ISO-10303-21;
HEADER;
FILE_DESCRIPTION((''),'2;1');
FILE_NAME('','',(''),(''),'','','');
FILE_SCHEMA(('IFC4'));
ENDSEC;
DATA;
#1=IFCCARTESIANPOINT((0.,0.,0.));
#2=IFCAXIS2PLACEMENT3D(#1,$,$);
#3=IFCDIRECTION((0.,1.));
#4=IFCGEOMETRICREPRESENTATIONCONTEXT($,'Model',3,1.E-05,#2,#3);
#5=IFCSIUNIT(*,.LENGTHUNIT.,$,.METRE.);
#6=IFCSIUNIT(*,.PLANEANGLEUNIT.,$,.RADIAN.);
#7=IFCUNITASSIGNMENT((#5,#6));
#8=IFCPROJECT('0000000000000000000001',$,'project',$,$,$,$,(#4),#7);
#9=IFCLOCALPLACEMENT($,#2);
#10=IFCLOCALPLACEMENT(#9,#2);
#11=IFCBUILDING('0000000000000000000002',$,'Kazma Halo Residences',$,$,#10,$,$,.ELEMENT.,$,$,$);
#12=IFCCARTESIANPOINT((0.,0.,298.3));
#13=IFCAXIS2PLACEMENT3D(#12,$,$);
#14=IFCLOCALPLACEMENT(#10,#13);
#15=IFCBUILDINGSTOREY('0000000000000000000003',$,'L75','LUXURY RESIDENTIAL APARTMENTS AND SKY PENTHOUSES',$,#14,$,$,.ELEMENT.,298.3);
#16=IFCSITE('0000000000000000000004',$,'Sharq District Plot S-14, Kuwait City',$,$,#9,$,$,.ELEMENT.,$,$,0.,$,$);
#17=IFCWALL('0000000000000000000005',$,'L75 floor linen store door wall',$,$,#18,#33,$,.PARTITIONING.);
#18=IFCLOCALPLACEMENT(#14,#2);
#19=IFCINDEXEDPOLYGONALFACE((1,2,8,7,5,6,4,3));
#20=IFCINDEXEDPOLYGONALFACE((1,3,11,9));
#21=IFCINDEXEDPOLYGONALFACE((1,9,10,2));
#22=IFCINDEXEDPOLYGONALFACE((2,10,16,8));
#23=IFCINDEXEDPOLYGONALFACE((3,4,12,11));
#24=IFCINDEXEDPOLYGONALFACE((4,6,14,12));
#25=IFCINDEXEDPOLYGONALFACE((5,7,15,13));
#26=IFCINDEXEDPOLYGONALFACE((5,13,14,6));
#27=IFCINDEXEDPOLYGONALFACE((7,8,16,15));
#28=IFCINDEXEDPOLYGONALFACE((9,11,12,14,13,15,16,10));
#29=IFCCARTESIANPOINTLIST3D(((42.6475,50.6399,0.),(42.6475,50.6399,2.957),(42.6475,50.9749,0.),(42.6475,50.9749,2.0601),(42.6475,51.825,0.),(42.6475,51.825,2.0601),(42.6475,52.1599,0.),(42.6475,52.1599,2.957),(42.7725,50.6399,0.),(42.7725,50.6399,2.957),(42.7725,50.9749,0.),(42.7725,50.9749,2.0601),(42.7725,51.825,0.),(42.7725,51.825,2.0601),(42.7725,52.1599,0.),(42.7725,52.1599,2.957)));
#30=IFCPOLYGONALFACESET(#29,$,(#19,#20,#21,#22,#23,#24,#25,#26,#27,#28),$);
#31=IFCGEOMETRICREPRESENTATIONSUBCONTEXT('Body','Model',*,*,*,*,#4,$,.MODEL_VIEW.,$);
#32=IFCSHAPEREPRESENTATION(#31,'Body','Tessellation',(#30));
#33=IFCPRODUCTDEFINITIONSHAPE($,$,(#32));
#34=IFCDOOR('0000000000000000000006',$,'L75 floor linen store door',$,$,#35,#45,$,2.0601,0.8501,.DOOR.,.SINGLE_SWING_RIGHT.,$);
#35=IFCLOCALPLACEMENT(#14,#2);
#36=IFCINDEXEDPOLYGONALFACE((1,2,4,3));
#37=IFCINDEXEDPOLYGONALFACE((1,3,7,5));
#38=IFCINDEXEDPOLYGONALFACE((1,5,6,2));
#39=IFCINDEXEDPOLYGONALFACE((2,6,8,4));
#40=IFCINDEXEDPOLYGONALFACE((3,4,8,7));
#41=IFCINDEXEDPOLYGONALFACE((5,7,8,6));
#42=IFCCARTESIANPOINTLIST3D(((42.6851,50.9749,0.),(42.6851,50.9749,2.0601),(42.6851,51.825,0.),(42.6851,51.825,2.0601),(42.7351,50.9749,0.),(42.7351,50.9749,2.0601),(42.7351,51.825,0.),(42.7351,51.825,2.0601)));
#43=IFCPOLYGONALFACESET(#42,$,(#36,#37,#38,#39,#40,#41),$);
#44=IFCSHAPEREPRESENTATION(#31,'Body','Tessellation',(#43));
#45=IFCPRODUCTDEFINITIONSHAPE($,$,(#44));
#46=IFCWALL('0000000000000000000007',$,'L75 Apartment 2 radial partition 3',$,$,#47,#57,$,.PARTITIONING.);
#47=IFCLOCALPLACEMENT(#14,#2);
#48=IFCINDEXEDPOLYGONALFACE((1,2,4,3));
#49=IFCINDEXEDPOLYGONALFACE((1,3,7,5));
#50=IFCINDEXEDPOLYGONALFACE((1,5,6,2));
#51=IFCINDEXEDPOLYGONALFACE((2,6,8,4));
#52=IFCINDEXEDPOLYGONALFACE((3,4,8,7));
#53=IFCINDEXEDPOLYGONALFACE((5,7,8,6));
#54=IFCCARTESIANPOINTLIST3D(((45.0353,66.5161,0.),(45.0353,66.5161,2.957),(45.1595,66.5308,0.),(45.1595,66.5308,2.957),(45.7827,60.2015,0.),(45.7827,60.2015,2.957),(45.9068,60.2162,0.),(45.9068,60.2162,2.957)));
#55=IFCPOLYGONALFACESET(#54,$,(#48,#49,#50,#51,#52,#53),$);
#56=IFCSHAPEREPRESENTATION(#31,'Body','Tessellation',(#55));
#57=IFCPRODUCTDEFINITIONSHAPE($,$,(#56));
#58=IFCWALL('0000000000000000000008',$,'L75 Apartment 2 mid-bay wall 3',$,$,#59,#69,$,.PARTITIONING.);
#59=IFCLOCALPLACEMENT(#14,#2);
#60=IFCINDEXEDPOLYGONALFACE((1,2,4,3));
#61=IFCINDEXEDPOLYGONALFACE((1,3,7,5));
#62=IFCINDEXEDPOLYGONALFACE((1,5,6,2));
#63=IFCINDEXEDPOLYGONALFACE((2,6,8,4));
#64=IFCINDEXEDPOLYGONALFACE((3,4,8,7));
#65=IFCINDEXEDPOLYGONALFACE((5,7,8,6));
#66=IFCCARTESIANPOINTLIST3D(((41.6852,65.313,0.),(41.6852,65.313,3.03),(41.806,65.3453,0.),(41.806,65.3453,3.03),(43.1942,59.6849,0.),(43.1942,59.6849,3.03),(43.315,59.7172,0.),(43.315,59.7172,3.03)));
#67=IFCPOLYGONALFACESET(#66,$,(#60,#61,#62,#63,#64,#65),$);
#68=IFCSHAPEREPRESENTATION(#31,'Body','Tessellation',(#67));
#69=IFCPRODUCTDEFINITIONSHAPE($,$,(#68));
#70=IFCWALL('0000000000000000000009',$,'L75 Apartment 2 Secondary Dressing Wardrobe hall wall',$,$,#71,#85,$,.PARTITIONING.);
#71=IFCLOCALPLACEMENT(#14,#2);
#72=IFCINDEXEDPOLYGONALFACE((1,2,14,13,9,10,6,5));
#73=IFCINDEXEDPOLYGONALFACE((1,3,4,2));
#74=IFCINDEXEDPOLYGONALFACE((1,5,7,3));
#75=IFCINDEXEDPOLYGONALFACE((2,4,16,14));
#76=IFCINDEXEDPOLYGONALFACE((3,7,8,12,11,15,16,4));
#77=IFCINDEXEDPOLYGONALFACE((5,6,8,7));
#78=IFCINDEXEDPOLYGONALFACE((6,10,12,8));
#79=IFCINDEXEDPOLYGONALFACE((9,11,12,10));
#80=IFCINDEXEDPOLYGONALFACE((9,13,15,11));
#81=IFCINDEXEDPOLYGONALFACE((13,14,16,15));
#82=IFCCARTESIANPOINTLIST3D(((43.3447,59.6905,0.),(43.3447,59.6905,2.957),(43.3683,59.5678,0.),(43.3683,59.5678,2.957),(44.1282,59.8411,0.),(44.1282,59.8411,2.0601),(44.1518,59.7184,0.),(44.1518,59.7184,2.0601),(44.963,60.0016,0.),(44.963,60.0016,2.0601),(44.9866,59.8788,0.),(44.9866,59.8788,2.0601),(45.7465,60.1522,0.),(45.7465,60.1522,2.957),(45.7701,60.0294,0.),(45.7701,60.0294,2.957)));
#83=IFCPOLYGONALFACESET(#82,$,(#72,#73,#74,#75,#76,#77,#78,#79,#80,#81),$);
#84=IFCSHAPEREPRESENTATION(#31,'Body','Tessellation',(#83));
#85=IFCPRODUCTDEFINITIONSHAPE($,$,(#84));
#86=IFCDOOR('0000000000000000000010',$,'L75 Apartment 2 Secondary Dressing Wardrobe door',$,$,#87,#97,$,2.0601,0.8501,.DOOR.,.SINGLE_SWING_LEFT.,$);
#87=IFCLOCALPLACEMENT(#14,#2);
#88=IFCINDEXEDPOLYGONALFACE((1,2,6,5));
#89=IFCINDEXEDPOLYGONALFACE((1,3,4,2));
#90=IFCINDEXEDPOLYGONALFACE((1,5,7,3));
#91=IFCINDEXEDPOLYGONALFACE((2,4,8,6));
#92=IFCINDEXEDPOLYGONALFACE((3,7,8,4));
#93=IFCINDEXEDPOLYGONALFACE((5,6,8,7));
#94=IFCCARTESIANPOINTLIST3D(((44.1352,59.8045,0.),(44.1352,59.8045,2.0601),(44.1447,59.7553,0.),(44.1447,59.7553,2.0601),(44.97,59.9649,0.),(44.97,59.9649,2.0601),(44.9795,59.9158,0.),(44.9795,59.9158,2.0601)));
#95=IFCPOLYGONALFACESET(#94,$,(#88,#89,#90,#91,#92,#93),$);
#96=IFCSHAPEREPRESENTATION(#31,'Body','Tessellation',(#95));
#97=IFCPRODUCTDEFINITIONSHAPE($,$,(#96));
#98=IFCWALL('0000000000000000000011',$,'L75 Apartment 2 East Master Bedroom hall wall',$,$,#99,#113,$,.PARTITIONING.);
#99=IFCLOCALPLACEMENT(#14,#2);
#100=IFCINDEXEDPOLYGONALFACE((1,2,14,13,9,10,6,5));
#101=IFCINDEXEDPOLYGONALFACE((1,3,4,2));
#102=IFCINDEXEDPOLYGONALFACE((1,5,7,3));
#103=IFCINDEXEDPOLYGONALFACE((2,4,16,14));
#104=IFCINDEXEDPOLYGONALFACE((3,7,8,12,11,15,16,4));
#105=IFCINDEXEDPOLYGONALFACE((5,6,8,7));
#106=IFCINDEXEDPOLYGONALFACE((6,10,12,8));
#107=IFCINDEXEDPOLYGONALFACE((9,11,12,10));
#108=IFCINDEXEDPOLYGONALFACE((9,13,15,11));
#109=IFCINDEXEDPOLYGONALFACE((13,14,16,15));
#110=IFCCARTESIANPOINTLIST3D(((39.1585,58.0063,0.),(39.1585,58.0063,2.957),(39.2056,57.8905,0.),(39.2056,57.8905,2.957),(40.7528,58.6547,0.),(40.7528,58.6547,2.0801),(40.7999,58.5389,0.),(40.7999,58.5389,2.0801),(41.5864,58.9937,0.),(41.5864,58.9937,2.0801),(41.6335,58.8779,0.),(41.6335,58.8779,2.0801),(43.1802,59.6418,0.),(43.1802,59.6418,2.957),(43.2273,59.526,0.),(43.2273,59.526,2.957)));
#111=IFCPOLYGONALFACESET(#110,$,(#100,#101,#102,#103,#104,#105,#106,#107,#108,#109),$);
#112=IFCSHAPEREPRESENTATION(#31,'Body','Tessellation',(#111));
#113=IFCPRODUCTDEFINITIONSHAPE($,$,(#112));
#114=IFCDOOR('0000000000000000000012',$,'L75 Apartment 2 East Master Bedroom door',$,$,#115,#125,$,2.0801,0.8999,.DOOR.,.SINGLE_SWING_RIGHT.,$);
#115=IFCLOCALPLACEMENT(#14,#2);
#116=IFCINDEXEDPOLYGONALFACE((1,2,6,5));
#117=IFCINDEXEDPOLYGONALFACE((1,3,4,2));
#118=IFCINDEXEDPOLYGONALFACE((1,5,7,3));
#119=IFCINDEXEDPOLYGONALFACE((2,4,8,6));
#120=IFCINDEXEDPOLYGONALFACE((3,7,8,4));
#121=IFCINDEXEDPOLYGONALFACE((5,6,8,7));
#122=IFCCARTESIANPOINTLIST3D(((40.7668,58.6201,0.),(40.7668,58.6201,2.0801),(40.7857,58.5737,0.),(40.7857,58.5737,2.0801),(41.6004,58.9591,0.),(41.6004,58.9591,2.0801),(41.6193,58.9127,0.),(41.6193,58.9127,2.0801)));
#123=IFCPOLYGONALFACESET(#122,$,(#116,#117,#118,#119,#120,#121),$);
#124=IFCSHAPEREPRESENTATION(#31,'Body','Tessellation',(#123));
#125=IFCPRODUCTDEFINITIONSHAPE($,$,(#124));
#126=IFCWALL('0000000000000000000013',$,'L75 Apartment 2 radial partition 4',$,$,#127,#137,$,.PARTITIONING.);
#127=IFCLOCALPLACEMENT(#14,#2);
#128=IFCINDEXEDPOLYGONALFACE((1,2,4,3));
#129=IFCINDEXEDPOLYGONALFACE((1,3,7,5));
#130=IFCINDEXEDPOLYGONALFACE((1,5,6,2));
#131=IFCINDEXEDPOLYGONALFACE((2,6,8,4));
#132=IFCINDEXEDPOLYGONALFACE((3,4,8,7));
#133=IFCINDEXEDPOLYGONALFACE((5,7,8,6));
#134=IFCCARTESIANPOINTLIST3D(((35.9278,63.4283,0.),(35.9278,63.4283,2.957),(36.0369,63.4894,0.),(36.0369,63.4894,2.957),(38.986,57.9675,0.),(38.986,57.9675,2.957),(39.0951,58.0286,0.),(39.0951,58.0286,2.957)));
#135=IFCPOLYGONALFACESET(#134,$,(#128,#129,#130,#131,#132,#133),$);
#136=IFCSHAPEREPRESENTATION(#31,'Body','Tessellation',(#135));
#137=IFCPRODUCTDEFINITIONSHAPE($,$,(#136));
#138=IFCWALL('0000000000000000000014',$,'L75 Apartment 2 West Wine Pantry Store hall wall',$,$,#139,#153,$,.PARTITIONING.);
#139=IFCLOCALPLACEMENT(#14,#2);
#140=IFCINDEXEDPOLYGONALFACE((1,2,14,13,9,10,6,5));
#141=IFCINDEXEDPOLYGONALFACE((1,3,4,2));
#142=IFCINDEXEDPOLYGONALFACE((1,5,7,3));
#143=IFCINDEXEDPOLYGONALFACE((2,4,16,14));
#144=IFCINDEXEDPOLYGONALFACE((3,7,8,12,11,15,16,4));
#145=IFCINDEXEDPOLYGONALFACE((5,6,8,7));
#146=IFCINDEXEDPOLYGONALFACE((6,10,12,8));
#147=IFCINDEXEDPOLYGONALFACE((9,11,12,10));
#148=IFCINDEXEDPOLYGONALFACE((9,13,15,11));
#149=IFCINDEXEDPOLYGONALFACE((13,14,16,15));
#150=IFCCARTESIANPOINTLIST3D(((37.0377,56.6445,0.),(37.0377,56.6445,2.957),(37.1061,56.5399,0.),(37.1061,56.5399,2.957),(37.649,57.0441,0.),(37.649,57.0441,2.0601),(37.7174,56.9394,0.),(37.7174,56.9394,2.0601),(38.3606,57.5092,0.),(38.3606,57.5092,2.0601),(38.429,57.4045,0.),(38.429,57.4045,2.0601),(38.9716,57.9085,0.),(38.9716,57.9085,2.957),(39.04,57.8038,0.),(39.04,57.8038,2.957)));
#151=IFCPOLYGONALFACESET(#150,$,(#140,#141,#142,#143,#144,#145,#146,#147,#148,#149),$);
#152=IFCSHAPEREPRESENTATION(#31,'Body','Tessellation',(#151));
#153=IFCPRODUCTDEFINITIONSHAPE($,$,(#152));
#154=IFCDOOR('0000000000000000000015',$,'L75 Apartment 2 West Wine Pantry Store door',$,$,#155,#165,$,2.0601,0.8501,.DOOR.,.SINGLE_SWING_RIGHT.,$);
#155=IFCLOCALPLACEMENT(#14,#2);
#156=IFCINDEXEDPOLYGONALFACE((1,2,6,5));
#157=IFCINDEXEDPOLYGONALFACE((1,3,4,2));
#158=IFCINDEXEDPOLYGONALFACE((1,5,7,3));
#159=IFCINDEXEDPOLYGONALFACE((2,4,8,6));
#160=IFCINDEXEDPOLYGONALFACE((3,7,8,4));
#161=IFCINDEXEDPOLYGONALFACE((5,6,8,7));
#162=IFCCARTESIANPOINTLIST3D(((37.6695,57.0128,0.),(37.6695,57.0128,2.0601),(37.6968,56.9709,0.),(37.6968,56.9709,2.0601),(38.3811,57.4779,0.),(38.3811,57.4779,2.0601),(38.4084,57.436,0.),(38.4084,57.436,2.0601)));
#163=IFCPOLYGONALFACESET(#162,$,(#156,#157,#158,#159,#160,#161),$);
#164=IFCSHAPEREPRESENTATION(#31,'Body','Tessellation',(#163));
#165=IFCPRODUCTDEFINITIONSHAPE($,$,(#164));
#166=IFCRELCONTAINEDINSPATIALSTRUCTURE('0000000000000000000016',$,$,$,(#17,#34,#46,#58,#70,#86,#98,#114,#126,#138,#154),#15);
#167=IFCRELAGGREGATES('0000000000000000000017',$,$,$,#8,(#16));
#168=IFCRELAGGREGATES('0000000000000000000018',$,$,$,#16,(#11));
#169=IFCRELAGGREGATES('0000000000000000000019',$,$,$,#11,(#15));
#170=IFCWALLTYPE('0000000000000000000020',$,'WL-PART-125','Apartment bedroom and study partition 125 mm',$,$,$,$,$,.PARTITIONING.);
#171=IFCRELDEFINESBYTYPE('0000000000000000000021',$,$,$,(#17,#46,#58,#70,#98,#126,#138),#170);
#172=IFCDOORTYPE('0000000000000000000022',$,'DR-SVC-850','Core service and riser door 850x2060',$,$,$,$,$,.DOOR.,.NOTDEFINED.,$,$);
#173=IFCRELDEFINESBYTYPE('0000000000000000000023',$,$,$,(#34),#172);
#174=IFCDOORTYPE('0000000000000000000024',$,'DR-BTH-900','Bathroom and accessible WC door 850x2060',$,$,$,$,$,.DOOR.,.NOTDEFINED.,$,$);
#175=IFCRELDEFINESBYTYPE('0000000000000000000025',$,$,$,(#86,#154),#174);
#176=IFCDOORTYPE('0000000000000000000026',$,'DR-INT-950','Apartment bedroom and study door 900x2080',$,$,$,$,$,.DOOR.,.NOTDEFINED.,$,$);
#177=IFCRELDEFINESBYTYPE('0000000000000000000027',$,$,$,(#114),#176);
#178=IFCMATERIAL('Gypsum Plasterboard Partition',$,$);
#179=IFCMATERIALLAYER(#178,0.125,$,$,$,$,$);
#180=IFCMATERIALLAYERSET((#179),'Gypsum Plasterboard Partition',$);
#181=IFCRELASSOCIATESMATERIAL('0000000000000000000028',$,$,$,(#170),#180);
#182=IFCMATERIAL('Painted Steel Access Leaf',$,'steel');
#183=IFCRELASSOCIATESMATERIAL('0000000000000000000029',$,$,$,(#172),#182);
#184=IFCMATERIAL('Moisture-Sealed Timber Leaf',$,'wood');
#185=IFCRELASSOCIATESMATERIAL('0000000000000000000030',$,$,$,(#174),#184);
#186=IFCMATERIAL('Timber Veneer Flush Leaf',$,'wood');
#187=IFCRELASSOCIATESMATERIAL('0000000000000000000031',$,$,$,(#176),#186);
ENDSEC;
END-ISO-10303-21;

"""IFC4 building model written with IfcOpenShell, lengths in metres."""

from ifc_helpers import new_model, si_unit, direction, frame, frame_2d, origin, place, context, subcontext, project, spatial, rectangle, extrude, material, layer, layer_set, type_object, element, fill, save


model = new_model("IFC4")

# Units and contexts
model_context = context("Model", 3, precision=1e-05, world=origin(), true_north=direction((0.0, 1.0)))
body_context = subcontext(model_context, "Body", "Model", "MODEL_VIEW")
ifc_project = project(units=[si_unit("LENGTHUNIT", "METRE"), si_unit("PLANEANGLEUNIT", "RADIAN")], contexts=[model_context])

# Site, building, storey
site_placement = place(None, origin())
site = spatial("IfcSite", under=ifc_project, at=site_placement, Name="Sharq District Plot S-14, Kuwait City", CompositionType="ELEMENT", RefElevation=0.0)
building_placement = place(site_placement, origin())
building = spatial("IfcBuilding", under=site, at=building_placement, Name="Kazma Halo Residences", CompositionType="ELEMENT")
storey_placement = place(building_placement, frame((0.0, 0.0, 298.3)))
storey = spatial("IfcBuildingStorey", under=building, at=storey_placement, Name="L75", Description="LUXURY RESIDENTIAL APARTMENTS AND SKY PENTHOUSES", CompositionType="ELEMENT", Elevation=298.3)

# Shared definitions
ifc_material_1 = material(Name="Gypsum Plasterboard Partition")
ifc_layer_1 = layer(ifc_material_1, 0.125)
ifc_layer_set_1 = layer_set([ifc_layer_1], Name="Gypsum Plasterboard Partition")
wall_type_1 = type_object("IfcWallType", Name="WL-PART-125", Description="Apartment bedroom and study partition 125 mm", PredefinedType="PARTITIONING", material=ifc_layer_set_1)

# Wall, opening, door
wall_1_placement = place(storey_placement, frame((42.71, 50.6399, 0.0), z_axis=(0.0, 0.0, 1.0), x_axis=(0.0, 1.0, 0.0)))
wall_1 = element("IfcWall", 1, at=wall_1_placement, inside=storey, type_object=wall_type_1, Name="L75 floor linen store door wall", PredefinedType="PARTITIONING", context=body_context, shape_type="SweptSolid", body=[
    extrude(rectangle(XDim=1.52, YDim=0.125, at=frame_2d((0.76, 0.0))), origin(), (0.0, 0.0, 1.0), 2.957),
])
opening_1_placement = place(wall_1_placement, frame((0.335, 0.0, 0.0)))
opening_1 = element("IfcOpeningElement", 2, at=opening_1_placement, cuts=wall_1, PredefinedType="OPENING", context=body_context, shape_type="SweptSolid", body=[
    extrude(rectangle(XDim=0.8501, YDim=2.0601, at=frame_2d((0.425, 1.03))), frame((0.0, 0.0725, 0.0), z_axis=(0.0, -1.0, 0.0), x_axis=(1.0, 0.0, 0.0)), (0.0, 0.0, 1.0), 0.145),
])
ifc_material_2 = material(Name="Painted Steel Access Leaf", Category="steel")
door_type_1 = type_object("IfcDoorType", Name="DR-SVC-850", Description="Core service and riser door 850x2060", OperationType="NOTDEFINED", PredefinedType="DOOR", material=ifc_material_2)
door_1_placement = place(opening_1_placement, origin())
door_1 = element("IfcDoor", 3, at=door_1_placement, inside=storey, type_object=door_type_1, Name="L75 floor linen store door", OperationType="SINGLE_SWING_RIGHT", OverallHeight=2.0601, OverallWidth=0.8501, PredefinedType="DOOR", context=body_context, shape_type="SweptSolid", body=[
    extrude(rectangle(XDim=0.8501, YDim=2.0601, at=frame_2d((0.425, 1.03))), frame((0.0, 0.0249, 0.0), z_axis=(0.0, -1.0, 0.0), x_axis=(1.0, 0.0, 0.0)), (0.0, 0.0, 1.0), 0.05),
])
fill(opening_1, door_1)

# Walls
wall_2_placement = place(storey_placement, frame((45.8447, 60.209, 0.0), z_axis=(0.0, 0.0, 1.0), x_axis=(-0.11753, 0.993069, 0.0)))
element("IfcWall", 4, at=wall_2_placement, inside=storey, type_object=wall_type_1, Name="L75 Apartment 2 radial partition 3", PredefinedType="PARTITIONING", context=body_context, shape_type="SweptSolid", body=[
    extrude(rectangle(XDim=6.3586, YDim=0.125, at=frame_2d((3.1792, 0.0))), origin(), (0.0, 0.0, 1.0), 2.957),
])
wall_3_placement = place(storey_placement, frame((43.2546, 59.7009, 0.0), z_axis=(0.0, 0.0, 1.0), x_axis=(-0.258974, 0.965884, 0.0)))
element("IfcWall", 5, at=wall_3_placement, inside=storey, type_object=wall_type_1, Name="L75 Apartment 2 mid-bay wall 3", PredefinedType="PARTITIONING", context=body_context, shape_type="SweptSolid", body=[
    extrude(rectangle(XDim=5.8269, YDim=0.125, at=frame_2d((2.9136, 0.0))), origin(), (0.0, 0.0, 1.0), 3.03),
])

# Walls, openings, doors
wall_4_placement = place(storey_placement, frame((45.7583, 60.0908, 0.0), z_axis=(0.0, 0.0, 1.0), x_axis=(-0.982024, -0.188759, 0.0)))
wall_4 = element("IfcWall", 6, at=wall_4_placement, inside=storey, type_object=wall_type_1, Name="L75 Apartment 2 Secondary Dressing Wardrobe hall wall", PredefinedType="PARTITIONING", context=body_context, shape_type="SweptSolid", body=[
    extrude(rectangle(XDim=2.4458, YDim=0.125, at=frame_2d((1.2229, 0.0))), origin(), (0.0, 0.0, 1.0), 2.957),
])
opening_2_placement = place(wall_4_placement, frame((0.7979, 0.0, 0.0)))
opening_2 = element("IfcOpeningElement", 7, at=opening_2_placement, cuts=wall_4, PredefinedType="OPENING", context=body_context, shape_type="SweptSolid", body=[
    extrude(rectangle(XDim=0.8501, YDim=2.0601, at=frame_2d((0.425, 1.03))), frame((0.0, 0.0725, 0.0), z_axis=(0.0, -1.0, 0.0), x_axis=(1.0, 0.0, 0.0)), (0.0, 0.0, 1.0), 0.145),
])
ifc_material_3 = material(Name="Moisture-Sealed Timber Leaf", Category="wood")
door_type_2 = type_object("IfcDoorType", Name="DR-BTH-900", Description="Bathroom and accessible WC door 850x2060", OperationType="NOTDEFINED", PredefinedType="DOOR", material=ifc_material_3)
door_2_placement = place(opening_2_placement, origin())
door_2 = element("IfcDoor", 8, at=door_2_placement, inside=storey, type_object=door_type_2, Name="L75 Apartment 2 Secondary Dressing Wardrobe door", OperationType="SINGLE_SWING_LEFT", OverallHeight=2.0601, OverallWidth=0.8501, PredefinedType="DOOR", context=body_context, shape_type="SweptSolid", body=[
    extrude(rectangle(XDim=0.8501, YDim=2.0601, at=frame_2d((0.425, 1.03))), frame((0.0, 0.0249, 0.0), z_axis=(0.0, -1.0, 0.0), x_axis=(1.0, 0.0, 0.0)), (0.0, 0.0, 1.0), 0.05),
])
fill(opening_2, door_2)
wall_5_placement = place(storey_placement, frame((43.2039, 59.584, 0.0), z_axis=(0.0, 0.0, 1.0), x_axis=(-0.926332, -0.376707, 0.0)))
wall_5 = element("IfcWall", 9, at=wall_5_placement, inside=storey, type_object=wall_type_1, Name="L75 Apartment 2 East Master Bedroom hall wall", PredefinedType="PARTITIONING", context=body_context, shape_type="SweptSolid", body=[
    extrude(rectangle(XDim=4.3416, YDim=0.125, at=frame_2d((2.1709, 0.0))), origin(), (0.0, 0.0, 1.0), 2.957),
])
opening_3_placement = place(wall_5_placement, frame((1.7207, 0.0, 0.0)))
opening_3 = element("IfcOpeningElement", 10, at=opening_3_placement, cuts=wall_5, PredefinedType="OPENING", context=body_context, shape_type="SweptSolid", body=[
    extrude(rectangle(XDim=0.8999, YDim=2.0801, at=frame_2d((0.45, 1.04))), frame((0.0, 0.0725, 0.0), z_axis=(0.0, -1.0, 0.0), x_axis=(1.0, 0.0, 0.0)), (0.0, 0.0, 1.0), 0.145),
])
ifc_material_4 = material(Name="Timber Veneer Flush Leaf", Category="wood")
door_type_3 = type_object("IfcDoorType", Name="DR-INT-950", Description="Apartment bedroom and study door 900x2080", OperationType="NOTDEFINED", PredefinedType="DOOR", material=ifc_material_4)
door_3_placement = place(opening_3_placement, origin())
door_3 = element("IfcDoor", 11, at=door_3_placement, inside=storey, type_object=door_type_3, Name="L75 Apartment 2 East Master Bedroom door", OperationType="SINGLE_SWING_RIGHT", OverallHeight=2.0801, OverallWidth=0.8999, PredefinedType="DOOR", context=body_context, shape_type="SweptSolid", body=[
    extrude(rectangle(XDim=0.8999, YDim=2.0801, at=frame_2d((0.45, 1.04))), frame((0.0, 0.0249, 0.0), z_axis=(0.0, -1.0, 0.0), x_axis=(1.0, 0.0, 0.0)), (0.0, 0.0, 1.0), 0.05),
])
fill(opening_3, door_3)

# Wall
wall_6_placement = place(storey_placement, frame((39.0405, 57.998, 0.0), z_axis=(0.0, 0.0, 1.0), x_axis=(-0.488618, 0.872498, 0.0)))
element("IfcWall", 12, at=wall_6_placement, inside=storey, type_object=wall_type_1, Name="L75 Apartment 2 radial partition 4", PredefinedType="PARTITIONING", context=body_context, shape_type="SweptSolid", body=[
    extrude(rectangle(XDim=6.2588, YDim=0.125, at=frame_2d((3.1294, 0.0))), origin(), (0.0, 0.0, 1.0), 2.957),
])

# Wall, opening, door
wall_7_placement = place(storey_placement, frame((39.0059, 57.8562, 0.0), z_axis=(0.0, 0.0, 1.0), x_axis=(-0.837072, -0.547093, 0.0)))
wall_7 = element("IfcWall", 13, at=wall_7_placement, inside=storey, type_object=wall_type_1, Name="L75 Apartment 2 West Wine Pantry Store hall wall", PredefinedType="PARTITIONING", context=body_context, shape_type="SweptSolid", body=[
    extrude(rectangle(XDim=2.3103, YDim=0.125, at=frame_2d((1.1553, 0.0))), origin(), (0.0, 0.0, 1.0), 2.957),
])
opening_4_placement = place(wall_7_placement, frame((0.73, 0.0, 0.0)))
opening_4 = element("IfcOpeningElement", 14, at=opening_4_placement, cuts=wall_7, PredefinedType="OPENING", context=body_context, shape_type="SweptSolid", body=[
    extrude(rectangle(XDim=0.8501, YDim=2.0601, at=frame_2d((0.425, 1.03))), frame((0.0, 0.0725, 0.0), z_axis=(0.0, -1.0, 0.0), x_axis=(1.0, 0.0, 0.0)), (0.0, 0.0, 1.0), 0.145),
])
door_4_placement = place(opening_4_placement, origin())
door_4 = element("IfcDoor", 15, at=door_4_placement, inside=storey, type_object=door_type_2, Name="L75 Apartment 2 West Wine Pantry Store door", OperationType="SINGLE_SWING_RIGHT", OverallHeight=2.0601, OverallWidth=0.8501, PredefinedType="DOOR", context=body_context, shape_type="SweptSolid", body=[
    extrude(rectangle(XDim=0.8501, YDim=2.0601, at=frame_2d((0.425, 1.03))), frame((0.0, 0.0249, 0.0), z_axis=(0.0, -1.0, 0.0), x_axis=(1.0, 0.0, 0.0)), (0.0, 0.0, 1.0), 0.05),
])
fill(opening_4, door_4)

save(model, "model.ifc")
